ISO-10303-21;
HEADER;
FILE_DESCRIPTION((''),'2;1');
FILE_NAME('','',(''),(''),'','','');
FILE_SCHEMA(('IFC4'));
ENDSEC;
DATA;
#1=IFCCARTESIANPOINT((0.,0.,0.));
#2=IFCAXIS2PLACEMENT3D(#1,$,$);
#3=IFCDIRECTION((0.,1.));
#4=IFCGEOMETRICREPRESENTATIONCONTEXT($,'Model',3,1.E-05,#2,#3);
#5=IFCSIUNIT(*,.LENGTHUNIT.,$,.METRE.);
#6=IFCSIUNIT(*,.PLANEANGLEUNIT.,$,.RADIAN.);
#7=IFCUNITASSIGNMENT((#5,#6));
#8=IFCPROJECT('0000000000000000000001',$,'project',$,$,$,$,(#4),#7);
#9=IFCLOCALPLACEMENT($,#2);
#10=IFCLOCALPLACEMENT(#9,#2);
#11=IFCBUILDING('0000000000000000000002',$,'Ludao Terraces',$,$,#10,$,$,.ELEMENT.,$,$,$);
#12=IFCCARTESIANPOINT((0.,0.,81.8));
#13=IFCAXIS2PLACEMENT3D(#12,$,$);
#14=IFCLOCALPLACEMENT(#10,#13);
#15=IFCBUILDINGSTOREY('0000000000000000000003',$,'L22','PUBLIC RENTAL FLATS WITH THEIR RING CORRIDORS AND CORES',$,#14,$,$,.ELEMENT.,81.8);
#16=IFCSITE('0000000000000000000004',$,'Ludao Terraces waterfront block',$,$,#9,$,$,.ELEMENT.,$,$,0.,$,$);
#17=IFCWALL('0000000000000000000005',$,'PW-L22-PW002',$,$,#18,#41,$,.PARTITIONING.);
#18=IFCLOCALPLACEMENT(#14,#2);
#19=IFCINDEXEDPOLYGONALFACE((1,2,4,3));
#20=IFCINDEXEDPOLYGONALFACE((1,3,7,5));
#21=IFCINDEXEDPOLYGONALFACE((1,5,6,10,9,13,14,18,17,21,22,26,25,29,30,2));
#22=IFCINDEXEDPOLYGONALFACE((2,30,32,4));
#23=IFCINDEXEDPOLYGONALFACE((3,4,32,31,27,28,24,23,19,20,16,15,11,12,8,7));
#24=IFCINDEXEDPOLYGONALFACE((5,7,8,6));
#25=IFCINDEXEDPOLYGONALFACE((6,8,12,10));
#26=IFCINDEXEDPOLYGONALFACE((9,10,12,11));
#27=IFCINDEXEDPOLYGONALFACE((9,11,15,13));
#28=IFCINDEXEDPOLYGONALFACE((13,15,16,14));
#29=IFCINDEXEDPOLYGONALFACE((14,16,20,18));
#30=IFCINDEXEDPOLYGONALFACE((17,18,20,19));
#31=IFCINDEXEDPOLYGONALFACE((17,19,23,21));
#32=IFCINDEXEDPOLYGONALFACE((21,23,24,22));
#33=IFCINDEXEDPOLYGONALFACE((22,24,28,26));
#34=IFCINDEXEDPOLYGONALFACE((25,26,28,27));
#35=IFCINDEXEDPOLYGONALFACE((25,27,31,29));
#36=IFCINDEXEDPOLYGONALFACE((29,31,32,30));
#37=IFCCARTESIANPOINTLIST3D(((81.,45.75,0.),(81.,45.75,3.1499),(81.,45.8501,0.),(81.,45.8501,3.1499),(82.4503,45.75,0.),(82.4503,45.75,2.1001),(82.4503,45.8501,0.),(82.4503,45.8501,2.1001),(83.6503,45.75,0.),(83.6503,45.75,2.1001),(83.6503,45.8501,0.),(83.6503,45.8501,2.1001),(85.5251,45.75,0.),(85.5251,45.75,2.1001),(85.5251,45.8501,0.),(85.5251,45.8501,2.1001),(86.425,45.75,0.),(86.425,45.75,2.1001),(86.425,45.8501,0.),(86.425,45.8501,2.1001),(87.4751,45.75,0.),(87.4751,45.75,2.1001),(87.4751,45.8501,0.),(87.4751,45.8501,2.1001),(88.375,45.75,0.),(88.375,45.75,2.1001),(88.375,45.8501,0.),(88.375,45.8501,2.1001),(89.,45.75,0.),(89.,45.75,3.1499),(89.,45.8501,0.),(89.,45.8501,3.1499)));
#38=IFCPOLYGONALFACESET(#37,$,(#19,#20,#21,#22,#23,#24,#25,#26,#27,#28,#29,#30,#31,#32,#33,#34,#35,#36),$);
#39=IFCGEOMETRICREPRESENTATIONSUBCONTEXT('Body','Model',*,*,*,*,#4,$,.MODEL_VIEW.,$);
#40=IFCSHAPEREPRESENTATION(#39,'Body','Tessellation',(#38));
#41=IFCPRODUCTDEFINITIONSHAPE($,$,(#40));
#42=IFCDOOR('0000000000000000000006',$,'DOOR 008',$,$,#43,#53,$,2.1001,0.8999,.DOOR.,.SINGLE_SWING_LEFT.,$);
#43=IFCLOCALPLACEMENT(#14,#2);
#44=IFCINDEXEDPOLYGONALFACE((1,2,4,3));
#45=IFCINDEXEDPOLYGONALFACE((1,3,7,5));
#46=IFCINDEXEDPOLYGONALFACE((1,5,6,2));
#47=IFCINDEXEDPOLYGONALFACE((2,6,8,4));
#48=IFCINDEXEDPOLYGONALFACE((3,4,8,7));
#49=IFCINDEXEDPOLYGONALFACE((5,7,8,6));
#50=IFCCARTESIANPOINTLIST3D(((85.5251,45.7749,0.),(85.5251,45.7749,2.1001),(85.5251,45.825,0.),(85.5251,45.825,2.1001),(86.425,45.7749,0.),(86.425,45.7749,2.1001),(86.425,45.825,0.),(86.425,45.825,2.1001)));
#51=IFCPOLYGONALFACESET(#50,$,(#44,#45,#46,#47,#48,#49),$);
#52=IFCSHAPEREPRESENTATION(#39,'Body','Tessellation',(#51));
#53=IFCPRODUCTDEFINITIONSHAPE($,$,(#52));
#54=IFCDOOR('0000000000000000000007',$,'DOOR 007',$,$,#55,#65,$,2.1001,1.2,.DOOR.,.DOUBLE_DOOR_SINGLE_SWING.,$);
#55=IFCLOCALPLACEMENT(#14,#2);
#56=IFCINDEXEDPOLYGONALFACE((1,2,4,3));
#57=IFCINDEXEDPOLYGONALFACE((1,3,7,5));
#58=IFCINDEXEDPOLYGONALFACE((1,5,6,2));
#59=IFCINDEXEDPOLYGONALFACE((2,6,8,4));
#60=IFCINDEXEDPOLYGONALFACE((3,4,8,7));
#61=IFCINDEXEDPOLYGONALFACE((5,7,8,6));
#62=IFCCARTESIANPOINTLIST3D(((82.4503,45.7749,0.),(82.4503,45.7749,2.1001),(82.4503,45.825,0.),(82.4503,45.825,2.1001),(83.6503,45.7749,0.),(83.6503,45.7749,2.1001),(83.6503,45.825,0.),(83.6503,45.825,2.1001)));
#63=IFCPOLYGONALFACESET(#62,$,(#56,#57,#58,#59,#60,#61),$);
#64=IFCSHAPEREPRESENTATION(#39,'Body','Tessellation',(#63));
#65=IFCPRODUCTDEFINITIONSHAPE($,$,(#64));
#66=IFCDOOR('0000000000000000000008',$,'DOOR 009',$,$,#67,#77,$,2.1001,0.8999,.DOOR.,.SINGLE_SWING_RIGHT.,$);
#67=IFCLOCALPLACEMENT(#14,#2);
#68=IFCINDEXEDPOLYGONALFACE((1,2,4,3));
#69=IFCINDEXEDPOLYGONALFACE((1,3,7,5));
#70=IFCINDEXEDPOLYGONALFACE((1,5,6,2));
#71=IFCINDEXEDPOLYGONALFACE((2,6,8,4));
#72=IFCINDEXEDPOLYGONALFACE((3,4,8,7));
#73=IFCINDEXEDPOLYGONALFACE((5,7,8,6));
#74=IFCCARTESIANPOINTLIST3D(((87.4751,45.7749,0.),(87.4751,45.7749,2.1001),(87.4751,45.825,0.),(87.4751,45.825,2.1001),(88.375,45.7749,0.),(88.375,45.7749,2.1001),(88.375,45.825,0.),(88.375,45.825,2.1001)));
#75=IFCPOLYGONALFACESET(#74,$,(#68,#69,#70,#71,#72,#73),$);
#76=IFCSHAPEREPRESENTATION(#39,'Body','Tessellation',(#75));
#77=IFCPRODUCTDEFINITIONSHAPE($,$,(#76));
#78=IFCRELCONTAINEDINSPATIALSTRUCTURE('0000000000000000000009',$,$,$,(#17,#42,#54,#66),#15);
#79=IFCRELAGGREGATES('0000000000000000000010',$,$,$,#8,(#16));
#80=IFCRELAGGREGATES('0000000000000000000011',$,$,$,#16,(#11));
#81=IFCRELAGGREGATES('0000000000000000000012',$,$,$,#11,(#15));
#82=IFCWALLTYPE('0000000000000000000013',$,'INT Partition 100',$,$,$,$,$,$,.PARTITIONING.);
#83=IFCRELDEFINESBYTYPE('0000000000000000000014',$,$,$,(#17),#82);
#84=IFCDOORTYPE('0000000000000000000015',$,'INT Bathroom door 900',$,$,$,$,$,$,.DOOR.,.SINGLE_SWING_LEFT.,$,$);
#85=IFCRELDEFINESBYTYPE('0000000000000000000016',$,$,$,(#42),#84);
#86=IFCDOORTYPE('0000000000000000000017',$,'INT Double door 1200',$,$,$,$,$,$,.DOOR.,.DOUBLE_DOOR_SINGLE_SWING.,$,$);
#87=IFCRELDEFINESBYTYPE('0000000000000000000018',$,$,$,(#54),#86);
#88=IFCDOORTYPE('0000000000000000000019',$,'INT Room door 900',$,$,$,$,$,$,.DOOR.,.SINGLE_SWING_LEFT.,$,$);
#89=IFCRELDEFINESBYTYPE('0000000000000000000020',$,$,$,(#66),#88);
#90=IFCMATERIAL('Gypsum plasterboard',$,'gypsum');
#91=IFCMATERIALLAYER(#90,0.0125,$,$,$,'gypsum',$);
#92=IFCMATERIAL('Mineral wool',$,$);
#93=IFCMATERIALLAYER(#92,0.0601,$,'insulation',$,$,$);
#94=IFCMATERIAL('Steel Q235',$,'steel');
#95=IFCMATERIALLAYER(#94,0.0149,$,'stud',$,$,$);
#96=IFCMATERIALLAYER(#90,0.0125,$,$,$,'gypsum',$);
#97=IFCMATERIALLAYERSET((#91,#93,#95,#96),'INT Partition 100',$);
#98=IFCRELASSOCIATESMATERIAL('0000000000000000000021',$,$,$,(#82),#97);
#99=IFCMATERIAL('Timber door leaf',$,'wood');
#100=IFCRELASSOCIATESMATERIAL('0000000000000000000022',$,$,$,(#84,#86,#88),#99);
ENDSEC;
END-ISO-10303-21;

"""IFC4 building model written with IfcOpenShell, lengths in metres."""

from ifc_helpers import new_model, si_unit, direction, frame, frame_2d, origin, place, context, subcontext, project, spatial, rectangle, extrude, material, layer, layer_set, type_object, element, fill, save


model = new_model("IFC4")

# Units and contexts
model_context = context("Model", 3, precision=1e-05, world=origin(), true_north=direction((0.0, 1.0)))
body_context = subcontext(model_context, "Body", "Model", "MODEL_VIEW")
ifc_project = project(units=[si_unit("LENGTHUNIT", "METRE"), si_unit("PLANEANGLEUNIT", "RADIAN")], contexts=[model_context])

# Site, building, storey
site_placement = place(None, origin())
site = spatial("IfcSite", under=ifc_project, at=site_placement, Name="Ludao Terraces waterfront block", CompositionType="ELEMENT", RefElevation=0.0)
building_placement = place(site_placement, origin())
building = spatial("IfcBuilding", under=site, at=building_placement, Name="Ludao Terraces", CompositionType="ELEMENT")
storey_placement = place(building_placement, frame((0.0, 0.0, 81.8)))
storey = spatial("IfcBuildingStorey", under=building, at=storey_placement, Name="L22", Description="PUBLIC RENTAL FLATS WITH THEIR RING CORRIDORS AND CORES", CompositionType="ELEMENT", Elevation=81.8)

# Shared definitions
ifc_material_1 = material(Name="Mineral wool")

# Wall, openings, doors
ifc_material_2 = material(Name="Gypsum plasterboard", Category="gypsum")
ifc_layer_1 = layer(ifc_material_2, 0.0125, Category="gypsum")
ifc_layer_2 = layer(ifc_material_1, 0.0601, Name="insulation")
ifc_material_3 = material(Name="Steel Q235", Category="steel")
ifc_layer_3 = layer(ifc_material_3, 0.0149, Name="stud")
ifc_layer_4 = layer(ifc_material_2, 0.0125, Category="gypsum")
ifc_layer_set_1 = layer_set([ifc_layer_1, ifc_layer_2, ifc_layer_3, ifc_layer_4], Name="INT Partition 100")
wall_type_1 = type_object("IfcWallType", Name="INT Partition 100", PredefinedType="PARTITIONING", material=ifc_layer_set_1)
wall_1_placement = place(storey_placement, frame((81.0, 45.8, 0.0), z_axis=(0.0, 0.0, 1.0), x_axis=(1.0, 0.0, 0.0)))
wall_1 = element("IfcWall", 1, at=wall_1_placement, inside=storey, type_object=wall_type_1, Name="PW-L22-PW002", PredefinedType="PARTITIONING", context=body_context, shape_type="SweptSolid", body=[
    extrude(rectangle(XDim=8.0, YDim=0.1001, at=frame_2d((4.0, 0.0))), origin(), (0.0, 0.0, 1.0), 3.1499),
])
opening_1_placement = place(wall_1_placement, frame((1.4502, 0.0, 0.0)))
opening_1 = element("IfcOpeningElement", 2, at=opening_1_placement, cuts=wall_1, PredefinedType="OPENING", context=body_context, shape_type="SweptSolid", body=[
    extrude(rectangle(XDim=1.2, YDim=2.1001, at=frame_2d((0.6001, 1.05))), frame((0.0, 0.0601, 0.0), z_axis=(0.0, -1.0, 0.0), x_axis=(1.0, 0.0, 0.0)), (0.0, 0.0, 1.0), 0.1201),
])
opening_2_placement = place(wall_1_placement, frame((4.5251, 0.0, 0.0)))
opening_2 = element("IfcOpeningElement", 3, at=opening_2_placement, cuts=wall_1, PredefinedType="OPENING", context=body_context, shape_type="SweptSolid", body=[
    extrude(rectangle(XDim=0.8999, YDim=2.1001, at=frame_2d((0.45, 1.05))), frame((0.0, 0.0601, 0.0), z_axis=(0.0, -1.0, 0.0), x_axis=(1.0, 0.0, 0.0)), (0.0, 0.0, 1.0), 0.1201),
])
opening_3_placement = place(wall_1_placement, frame((6.4751, 0.0, 0.0)))
opening_3 = element("IfcOpeningElement", 4, at=opening_3_placement, cuts=wall_1, PredefinedType="OPENING", context=body_context, shape_type="SweptSolid", body=[
    extrude(rectangle(XDim=0.8999, YDim=2.1001, at=frame_2d((0.45, 1.05))), frame((0.0, 0.0601, 0.0), z_axis=(0.0, -1.0, 0.0), x_axis=(1.0, 0.0, 0.0)), (0.0, 0.0, 1.0), 0.1201),
])
ifc_material_4 = material(Name="Timber door leaf", Category="wood")
door_type_1 = type_object("IfcDoorType", Name="INT Bathroom door 900", OperationType="SINGLE_SWING_LEFT", PredefinedType="DOOR", material=ifc_material_4)
door_1_placement = place(opening_2_placement, origin())
door_1 = element("IfcDoor", 5, at=door_1_placement, inside=storey, type_object=door_type_1, Name="DOOR 008", OperationType="SINGLE_SWING_LEFT", OverallHeight=2.1001, OverallWidth=0.8999, PredefinedType="DOOR", context=body_context, shape_type="SweptSolid", body=[
    extrude(rectangle(XDim=0.8999, YDim=2.1001, at=frame_2d((0.45, 1.05))), frame((0.0, 0.0249, 0.0), z_axis=(0.0, -1.0, 0.0), x_axis=(1.0, 0.0, 0.0)), (0.0, 0.0, 1.0), 0.05),
])
fill(opening_2, door_1)
door_type_2 = type_object("IfcDoorType", Name="INT Double door 1200", OperationType="DOUBLE_DOOR_SINGLE_SWING", PredefinedType="DOOR", material=ifc_material_4)
door_2_placement = place(opening_1_placement, origin())
door_2 = element("IfcDoor", 6, at=door_2_placement, inside=storey, type_object=door_type_2, Name="DOOR 007", OperationType="DOUBLE_DOOR_SINGLE_SWING", OverallHeight=2.1001, OverallWidth=1.2, PredefinedType="DOOR", context=body_context, shape_type="SweptSolid", body=[
    extrude(rectangle(XDim=1.2, YDim=2.1001, at=frame_2d((0.6001, 1.05))), frame((0.0, 0.0249, 0.0), z_axis=(0.0, -1.0, 0.0), x_axis=(1.0, 0.0, 0.0)), (0.0, 0.0, 1.0), 0.05),
])
fill(opening_1, door_2)
door_type_3 = type_object("IfcDoorType", Name="INT Room door 900", OperationType="SINGLE_SWING_LEFT", PredefinedType="DOOR", material=ifc_material_4)
door_3_placement = place(opening_3_placement, origin())
door_3 = element("IfcDoor", 7, at=door_3_placement, inside=storey, type_object=door_type_3, Name="DOOR 009", OperationType="SINGLE_SWING_RIGHT", OverallHeight=2.1001, OverallWidth=0.8999, PredefinedType="DOOR", context=body_context, shape_type="SweptSolid", body=[
    extrude(rectangle(XDim=0.8999, YDim=2.1001, at=frame_2d((0.45, 1.05))), frame((0.0, 0.0249, 0.0), z_axis=(0.0, -1.0, 0.0), x_axis=(1.0, 0.0, 0.0)), (0.0, 0.0, 1.0), 0.05),
])
fill(opening_3, door_3)

save(model, "model.ifc")
